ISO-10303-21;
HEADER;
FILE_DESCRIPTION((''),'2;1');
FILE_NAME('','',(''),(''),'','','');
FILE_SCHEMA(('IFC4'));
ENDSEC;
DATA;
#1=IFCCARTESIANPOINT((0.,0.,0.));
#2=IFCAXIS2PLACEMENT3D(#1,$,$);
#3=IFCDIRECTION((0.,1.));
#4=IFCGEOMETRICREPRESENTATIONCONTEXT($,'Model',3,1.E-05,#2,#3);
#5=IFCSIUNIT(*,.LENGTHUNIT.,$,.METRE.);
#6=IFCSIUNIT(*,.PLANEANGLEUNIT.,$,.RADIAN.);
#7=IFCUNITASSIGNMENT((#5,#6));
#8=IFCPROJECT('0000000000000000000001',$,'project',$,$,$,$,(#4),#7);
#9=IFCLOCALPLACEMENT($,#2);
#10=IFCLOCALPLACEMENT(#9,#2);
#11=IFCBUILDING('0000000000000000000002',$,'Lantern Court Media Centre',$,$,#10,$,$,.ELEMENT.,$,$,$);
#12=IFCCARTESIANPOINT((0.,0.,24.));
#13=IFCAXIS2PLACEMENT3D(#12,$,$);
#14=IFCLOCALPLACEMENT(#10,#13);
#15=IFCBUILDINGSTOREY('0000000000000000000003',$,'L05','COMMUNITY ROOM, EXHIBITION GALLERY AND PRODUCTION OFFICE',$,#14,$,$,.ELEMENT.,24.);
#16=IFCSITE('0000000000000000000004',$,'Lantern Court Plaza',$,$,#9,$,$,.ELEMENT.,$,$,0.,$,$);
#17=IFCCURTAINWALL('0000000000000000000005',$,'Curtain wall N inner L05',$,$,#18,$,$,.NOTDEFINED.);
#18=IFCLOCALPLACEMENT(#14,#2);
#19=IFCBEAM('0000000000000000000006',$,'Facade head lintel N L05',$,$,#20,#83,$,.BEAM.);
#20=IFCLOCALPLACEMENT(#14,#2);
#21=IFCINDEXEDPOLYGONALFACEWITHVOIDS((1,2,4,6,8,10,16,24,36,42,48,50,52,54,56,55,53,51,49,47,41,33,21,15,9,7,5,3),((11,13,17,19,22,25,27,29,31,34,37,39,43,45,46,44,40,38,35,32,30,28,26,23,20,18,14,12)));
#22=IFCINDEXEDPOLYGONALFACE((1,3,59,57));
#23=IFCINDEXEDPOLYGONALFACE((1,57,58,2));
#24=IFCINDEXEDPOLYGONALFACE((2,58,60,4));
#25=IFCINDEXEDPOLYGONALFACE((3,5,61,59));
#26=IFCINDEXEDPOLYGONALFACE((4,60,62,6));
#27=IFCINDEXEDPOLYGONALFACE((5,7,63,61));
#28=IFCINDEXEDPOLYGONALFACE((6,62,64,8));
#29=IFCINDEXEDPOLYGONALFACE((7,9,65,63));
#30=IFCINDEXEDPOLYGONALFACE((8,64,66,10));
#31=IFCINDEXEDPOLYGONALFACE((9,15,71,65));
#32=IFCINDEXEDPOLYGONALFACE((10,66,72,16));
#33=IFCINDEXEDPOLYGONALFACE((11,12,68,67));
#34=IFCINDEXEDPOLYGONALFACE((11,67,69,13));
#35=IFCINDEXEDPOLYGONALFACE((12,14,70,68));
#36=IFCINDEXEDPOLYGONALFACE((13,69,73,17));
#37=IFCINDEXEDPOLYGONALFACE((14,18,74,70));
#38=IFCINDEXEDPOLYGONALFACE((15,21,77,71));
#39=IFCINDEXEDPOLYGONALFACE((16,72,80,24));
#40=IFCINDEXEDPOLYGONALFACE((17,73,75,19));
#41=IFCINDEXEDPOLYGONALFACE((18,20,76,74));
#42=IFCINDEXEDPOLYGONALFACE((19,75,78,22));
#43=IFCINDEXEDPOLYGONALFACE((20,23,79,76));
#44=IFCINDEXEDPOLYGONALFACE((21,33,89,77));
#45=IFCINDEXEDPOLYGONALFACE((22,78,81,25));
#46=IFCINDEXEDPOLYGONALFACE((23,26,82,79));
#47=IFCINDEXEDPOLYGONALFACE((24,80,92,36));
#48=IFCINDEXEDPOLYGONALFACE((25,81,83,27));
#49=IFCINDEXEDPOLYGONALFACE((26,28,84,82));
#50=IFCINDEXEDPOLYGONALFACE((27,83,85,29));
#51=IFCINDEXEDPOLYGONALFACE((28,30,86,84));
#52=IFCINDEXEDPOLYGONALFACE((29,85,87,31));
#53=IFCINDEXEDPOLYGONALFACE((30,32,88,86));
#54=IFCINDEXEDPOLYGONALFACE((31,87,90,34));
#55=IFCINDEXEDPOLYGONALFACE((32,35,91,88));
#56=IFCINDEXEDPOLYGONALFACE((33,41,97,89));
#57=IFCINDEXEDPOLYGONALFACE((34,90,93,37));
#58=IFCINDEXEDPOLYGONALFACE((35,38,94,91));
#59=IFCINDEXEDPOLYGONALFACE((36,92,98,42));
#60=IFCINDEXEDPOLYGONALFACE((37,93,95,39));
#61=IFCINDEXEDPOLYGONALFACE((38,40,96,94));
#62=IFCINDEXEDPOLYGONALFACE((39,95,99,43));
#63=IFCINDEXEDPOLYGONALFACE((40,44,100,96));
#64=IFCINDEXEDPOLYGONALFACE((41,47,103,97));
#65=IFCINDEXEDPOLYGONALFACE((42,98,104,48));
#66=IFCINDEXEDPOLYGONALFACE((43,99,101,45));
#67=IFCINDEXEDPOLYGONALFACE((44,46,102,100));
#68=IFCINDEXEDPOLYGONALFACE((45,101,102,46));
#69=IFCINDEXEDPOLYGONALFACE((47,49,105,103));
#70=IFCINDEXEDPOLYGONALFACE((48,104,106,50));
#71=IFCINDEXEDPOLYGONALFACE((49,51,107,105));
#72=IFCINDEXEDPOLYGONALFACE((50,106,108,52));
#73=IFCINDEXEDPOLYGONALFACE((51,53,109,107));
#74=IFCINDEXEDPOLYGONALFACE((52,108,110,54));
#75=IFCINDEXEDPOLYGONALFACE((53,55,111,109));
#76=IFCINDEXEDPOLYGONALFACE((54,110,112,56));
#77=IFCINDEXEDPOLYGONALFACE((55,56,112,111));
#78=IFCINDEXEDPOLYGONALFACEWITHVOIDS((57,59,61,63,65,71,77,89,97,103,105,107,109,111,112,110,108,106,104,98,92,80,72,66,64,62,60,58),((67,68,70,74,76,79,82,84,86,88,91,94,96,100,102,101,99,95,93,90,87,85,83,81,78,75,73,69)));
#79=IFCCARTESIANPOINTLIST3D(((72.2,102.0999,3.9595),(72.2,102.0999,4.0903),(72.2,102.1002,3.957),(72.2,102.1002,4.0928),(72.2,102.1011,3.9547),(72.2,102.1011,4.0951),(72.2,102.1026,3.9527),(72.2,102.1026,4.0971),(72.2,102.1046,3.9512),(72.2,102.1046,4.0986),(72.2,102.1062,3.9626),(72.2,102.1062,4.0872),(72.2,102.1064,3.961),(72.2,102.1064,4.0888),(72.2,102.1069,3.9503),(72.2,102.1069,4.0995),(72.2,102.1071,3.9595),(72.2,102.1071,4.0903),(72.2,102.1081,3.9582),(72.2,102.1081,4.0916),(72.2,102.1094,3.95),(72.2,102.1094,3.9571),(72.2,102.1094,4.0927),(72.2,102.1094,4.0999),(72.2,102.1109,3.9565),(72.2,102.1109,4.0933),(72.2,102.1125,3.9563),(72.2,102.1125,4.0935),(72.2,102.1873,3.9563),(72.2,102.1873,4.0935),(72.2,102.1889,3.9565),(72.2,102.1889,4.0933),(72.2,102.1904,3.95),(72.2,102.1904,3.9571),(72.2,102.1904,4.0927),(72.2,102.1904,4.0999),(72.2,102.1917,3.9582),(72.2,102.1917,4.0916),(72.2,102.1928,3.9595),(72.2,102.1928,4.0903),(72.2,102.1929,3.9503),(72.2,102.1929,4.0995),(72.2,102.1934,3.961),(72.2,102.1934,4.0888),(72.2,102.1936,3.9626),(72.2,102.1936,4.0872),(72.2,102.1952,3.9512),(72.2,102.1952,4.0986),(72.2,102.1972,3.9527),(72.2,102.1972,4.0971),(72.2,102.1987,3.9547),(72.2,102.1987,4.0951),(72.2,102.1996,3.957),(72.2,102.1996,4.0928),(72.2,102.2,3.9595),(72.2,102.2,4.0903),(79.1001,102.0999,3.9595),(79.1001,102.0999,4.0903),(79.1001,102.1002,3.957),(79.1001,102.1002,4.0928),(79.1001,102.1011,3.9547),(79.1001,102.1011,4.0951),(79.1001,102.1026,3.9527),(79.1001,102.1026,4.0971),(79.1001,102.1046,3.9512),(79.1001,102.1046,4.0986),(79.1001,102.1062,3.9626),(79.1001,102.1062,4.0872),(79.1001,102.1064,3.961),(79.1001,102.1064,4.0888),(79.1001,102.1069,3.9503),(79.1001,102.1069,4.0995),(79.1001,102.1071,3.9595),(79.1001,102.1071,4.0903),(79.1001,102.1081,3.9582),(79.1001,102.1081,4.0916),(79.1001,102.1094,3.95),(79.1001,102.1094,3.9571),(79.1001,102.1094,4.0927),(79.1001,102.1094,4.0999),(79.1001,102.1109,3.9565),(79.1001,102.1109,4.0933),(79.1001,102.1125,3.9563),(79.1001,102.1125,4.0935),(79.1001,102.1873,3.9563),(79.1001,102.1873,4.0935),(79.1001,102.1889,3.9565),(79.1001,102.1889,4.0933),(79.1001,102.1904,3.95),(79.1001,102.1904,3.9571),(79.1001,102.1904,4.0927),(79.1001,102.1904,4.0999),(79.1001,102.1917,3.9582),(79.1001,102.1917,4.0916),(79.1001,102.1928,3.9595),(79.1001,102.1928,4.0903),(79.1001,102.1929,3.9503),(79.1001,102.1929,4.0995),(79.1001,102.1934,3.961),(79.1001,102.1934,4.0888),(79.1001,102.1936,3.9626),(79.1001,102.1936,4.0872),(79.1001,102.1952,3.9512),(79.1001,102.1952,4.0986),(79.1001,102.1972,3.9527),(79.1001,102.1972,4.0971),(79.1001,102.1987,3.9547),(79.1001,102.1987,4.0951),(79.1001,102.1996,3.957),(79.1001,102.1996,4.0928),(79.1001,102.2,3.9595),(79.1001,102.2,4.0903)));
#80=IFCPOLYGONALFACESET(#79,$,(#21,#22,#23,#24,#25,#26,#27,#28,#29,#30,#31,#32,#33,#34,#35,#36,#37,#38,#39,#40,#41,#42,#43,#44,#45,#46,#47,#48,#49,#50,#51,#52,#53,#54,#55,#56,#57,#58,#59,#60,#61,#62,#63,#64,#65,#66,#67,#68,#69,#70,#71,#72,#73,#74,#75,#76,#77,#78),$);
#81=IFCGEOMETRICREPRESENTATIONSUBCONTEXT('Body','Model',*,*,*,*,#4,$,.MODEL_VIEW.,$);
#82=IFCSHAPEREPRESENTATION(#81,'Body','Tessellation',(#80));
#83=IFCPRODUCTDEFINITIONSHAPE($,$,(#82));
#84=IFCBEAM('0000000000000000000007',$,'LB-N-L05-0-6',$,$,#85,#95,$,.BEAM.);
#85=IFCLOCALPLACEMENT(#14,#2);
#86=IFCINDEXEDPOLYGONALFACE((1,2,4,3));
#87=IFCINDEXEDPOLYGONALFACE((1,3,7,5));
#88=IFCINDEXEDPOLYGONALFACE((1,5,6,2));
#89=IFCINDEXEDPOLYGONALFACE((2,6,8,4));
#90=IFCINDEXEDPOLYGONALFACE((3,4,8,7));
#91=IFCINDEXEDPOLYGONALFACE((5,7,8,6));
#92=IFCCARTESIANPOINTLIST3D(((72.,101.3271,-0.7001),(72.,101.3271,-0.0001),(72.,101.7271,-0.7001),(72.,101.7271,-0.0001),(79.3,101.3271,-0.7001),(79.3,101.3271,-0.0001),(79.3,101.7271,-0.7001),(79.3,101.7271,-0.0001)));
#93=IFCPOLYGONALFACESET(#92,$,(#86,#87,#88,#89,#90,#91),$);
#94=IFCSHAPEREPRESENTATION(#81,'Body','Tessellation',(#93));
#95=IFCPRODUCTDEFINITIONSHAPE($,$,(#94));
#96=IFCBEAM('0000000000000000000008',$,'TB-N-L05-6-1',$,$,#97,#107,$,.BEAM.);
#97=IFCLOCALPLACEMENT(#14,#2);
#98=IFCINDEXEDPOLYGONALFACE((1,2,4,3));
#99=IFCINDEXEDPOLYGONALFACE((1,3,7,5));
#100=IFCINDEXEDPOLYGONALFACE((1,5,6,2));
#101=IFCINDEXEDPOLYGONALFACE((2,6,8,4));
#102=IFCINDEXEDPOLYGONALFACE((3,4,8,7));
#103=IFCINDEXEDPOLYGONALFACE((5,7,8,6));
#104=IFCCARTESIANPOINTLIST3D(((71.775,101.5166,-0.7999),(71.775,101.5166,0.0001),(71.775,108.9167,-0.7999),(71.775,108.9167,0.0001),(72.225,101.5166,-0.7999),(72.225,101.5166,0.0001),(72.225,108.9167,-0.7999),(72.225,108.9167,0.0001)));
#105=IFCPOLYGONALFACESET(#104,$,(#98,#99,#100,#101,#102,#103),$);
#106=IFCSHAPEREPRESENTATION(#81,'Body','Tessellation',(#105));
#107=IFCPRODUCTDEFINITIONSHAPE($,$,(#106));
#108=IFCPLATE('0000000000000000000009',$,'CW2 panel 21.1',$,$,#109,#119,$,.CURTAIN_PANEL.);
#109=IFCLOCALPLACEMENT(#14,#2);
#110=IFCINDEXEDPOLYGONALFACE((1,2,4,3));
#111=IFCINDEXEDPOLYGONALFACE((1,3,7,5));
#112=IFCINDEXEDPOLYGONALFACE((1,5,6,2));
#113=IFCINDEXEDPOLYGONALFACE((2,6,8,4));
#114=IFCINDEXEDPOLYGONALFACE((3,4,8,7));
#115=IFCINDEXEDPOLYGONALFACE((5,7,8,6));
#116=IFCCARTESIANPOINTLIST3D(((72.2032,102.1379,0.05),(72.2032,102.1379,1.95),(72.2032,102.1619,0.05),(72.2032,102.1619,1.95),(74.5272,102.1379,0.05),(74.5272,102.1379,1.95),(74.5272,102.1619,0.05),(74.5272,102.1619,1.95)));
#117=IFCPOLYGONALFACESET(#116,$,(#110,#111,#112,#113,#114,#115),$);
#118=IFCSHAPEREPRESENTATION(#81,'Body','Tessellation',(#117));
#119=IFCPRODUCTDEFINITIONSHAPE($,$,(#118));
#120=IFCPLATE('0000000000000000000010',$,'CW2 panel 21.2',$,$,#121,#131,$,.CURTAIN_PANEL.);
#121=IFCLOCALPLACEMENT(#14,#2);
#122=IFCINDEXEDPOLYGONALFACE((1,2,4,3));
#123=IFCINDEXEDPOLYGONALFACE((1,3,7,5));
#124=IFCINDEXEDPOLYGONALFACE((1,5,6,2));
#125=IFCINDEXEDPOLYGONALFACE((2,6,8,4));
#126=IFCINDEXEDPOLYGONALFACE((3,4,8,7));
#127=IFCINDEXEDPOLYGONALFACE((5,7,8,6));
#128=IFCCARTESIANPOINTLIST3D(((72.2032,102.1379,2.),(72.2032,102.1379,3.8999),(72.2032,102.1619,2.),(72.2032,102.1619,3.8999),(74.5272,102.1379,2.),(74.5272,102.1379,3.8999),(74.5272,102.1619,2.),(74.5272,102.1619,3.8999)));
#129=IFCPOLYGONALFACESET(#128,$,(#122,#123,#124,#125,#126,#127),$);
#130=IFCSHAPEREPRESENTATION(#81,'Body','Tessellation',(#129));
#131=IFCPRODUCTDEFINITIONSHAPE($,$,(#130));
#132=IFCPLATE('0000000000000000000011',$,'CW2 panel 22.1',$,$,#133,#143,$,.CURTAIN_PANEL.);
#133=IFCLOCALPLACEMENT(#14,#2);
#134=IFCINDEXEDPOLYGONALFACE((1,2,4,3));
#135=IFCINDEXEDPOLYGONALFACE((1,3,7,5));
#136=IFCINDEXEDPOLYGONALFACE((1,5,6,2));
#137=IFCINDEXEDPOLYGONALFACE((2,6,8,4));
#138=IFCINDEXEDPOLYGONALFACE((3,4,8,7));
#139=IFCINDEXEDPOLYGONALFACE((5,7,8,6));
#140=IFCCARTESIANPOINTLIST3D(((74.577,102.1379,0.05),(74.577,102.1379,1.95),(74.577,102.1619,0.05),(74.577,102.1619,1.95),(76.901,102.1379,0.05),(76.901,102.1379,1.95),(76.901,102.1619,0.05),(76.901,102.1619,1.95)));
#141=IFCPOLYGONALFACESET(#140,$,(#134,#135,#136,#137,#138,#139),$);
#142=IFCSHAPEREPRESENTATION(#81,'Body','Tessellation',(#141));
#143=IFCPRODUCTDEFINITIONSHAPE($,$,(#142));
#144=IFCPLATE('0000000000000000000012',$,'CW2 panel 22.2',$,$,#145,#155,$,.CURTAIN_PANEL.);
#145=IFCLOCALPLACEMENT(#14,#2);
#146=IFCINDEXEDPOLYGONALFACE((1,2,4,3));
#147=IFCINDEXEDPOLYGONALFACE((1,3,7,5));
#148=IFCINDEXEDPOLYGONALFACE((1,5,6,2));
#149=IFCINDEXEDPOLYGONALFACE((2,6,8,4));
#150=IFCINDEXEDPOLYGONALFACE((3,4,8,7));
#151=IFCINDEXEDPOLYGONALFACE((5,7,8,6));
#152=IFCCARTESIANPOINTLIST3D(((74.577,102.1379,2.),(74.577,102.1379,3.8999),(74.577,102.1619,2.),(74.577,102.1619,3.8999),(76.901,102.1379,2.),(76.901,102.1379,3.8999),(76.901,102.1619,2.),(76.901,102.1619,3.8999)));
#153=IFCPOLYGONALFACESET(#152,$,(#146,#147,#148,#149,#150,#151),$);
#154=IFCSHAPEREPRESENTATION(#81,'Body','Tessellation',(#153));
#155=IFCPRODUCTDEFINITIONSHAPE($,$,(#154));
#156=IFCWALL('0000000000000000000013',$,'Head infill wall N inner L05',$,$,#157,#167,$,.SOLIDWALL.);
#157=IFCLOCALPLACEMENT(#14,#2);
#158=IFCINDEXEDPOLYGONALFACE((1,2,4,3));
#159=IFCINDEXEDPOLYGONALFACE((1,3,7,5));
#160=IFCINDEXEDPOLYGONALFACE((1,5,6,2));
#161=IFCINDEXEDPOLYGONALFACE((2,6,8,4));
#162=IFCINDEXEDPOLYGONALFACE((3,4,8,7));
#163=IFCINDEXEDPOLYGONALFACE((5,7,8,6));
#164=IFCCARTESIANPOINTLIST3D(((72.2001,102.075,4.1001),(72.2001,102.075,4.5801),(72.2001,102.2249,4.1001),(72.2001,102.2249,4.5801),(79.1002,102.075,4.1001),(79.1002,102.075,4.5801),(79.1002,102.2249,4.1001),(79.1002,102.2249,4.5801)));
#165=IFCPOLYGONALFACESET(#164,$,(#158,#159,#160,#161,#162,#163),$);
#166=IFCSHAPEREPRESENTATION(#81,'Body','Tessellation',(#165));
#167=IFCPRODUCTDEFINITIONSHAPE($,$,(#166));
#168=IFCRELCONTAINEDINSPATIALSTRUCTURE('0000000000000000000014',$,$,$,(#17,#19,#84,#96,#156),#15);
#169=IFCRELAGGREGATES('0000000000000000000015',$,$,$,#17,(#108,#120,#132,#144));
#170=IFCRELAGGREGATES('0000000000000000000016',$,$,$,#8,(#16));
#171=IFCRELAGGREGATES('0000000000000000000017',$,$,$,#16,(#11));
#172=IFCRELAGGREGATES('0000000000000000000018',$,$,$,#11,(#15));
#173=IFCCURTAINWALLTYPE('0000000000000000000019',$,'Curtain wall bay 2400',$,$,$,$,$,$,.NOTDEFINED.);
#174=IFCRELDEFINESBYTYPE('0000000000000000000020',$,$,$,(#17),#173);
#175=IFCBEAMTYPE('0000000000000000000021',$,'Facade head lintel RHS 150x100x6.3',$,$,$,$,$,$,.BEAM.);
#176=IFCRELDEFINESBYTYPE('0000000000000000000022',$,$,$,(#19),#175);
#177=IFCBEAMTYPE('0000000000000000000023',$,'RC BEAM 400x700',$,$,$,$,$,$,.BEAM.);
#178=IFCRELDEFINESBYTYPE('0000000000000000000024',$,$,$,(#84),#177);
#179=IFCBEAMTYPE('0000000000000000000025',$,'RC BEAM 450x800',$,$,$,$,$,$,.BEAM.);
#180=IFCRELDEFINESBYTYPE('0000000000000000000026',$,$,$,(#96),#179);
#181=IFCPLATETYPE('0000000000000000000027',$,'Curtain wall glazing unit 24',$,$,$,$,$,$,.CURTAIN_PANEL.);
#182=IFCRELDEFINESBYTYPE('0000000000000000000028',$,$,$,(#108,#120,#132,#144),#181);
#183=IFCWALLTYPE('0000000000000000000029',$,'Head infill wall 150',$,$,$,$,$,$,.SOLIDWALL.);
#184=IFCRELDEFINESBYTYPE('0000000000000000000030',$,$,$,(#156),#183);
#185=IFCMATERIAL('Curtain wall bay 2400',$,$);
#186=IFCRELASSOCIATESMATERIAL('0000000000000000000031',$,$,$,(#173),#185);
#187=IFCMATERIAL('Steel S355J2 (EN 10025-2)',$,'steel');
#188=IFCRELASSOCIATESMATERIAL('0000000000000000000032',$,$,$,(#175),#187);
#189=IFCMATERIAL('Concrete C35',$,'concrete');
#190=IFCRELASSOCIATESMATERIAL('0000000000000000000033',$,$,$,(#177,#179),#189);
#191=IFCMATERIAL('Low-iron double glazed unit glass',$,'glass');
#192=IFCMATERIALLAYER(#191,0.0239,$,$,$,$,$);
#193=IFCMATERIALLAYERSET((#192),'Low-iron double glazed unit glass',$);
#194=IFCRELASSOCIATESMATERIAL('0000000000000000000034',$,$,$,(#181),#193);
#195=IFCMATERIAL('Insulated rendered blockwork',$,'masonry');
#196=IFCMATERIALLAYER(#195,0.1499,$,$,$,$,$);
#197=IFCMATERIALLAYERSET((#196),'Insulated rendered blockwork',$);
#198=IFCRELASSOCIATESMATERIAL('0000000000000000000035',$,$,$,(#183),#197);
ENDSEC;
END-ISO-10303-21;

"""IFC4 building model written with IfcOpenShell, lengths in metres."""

from ifc_helpers import new_model, si_unit, direction, frame, frame_2d, origin, origin_2d, place, context, subcontext, project, spatial, rectangle, hollow_rectangle, extrude, material, layer, layer_set, material_profile, profile_set, type_object, element, aggregate, save


model = new_model("IFC4")

# Units and contexts
model_context = context("Model", 3, precision=1e-05, world=origin(), true_north=direction((0.0, 1.0)))
body_context = subcontext(model_context, "Body", "Model", "MODEL_VIEW")
ifc_project = project(units=[si_unit("LENGTHUNIT", "METRE"), si_unit("PLANEANGLEUNIT", "RADIAN")], contexts=[model_context])

# Site, building, storey
site_placement = place(None, origin())
site = spatial("IfcSite", under=ifc_project, at=site_placement, Name="Lantern Court Plaza", CompositionType="ELEMENT", RefElevation=0.0)
building_placement = place(site_placement, origin())
building = spatial("IfcBuilding", under=site, at=building_placement, Name="Lantern Court Media Centre", CompositionType="ELEMENT")
storey_placement = place(building_placement, frame((0.0, 0.0, 24.0)))
storey = spatial("IfcBuildingStorey", under=building, at=storey_placement, Name="L05", Description="COMMUNITY ROOM, EXHIBITION GALLERY AND PRODUCTION OFFICE", CompositionType="ELEMENT", Elevation=24.0)

# Shared definitions
ifc_material_1 = material(Name="Concrete C35", Category="concrete")

# Curtain wall
ifc_material_2 = material(Name="Curtain wall bay 2400")
curtain_wall_type = type_object("IfcCurtainWallType", Name="Curtain wall bay 2400", PredefinedType="NOTDEFINED", material=ifc_material_2)
curtain_wall_placement = place(storey_placement, origin())
curtain_wall = element("IfcCurtainWall", 1, at=curtain_wall_placement, inside=storey, type_object=curtain_wall_type, Name="Curtain wall N inner L05", PredefinedType="NOTDEFINED")

# Beams
ifc_material_3 = material(Name="Steel S355J2 (EN 10025-2)", Category="steel")
ifc_material_profile_1 = material_profile(ifc_material_3, hollow_rectangle(XDim=0.1001, YDim=0.1499, WallThickness=0.0063, InnerFilletRadius=0.0063, OuterFilletRadius=0.0095, at=origin_2d()), Name="Facade head lintel RHS 150x100x6.3")
ifc_profile_set_1 = profile_set([ifc_material_profile_1], Name="Steel S355J2 (EN 10025-2)")
beam_type_1 = type_object("IfcBeamType", Name="Facade head lintel RHS 150x100x6.3", PredefinedType="BEAM", material=ifc_profile_set_1)
beam_1_placement = place(storey_placement, frame((72.2, 102.1499, 4.0249), z_axis=(1.0, 0.0, 0.0), x_axis=(0.0, 1.0, 0.0)))
element("IfcBeam", 2, at=beam_1_placement, inside=storey, type_object=beam_type_1, Name="Facade head lintel N L05", PredefinedType="BEAM", context=body_context, shape_type="SweptSolid", body=[
    extrude(hollow_rectangle(XDim=0.1001, YDim=0.1499, WallThickness=0.0063, InnerFilletRadius=0.0063, OuterFilletRadius=0.0095, at=origin_2d()), origin(), (0.0, 0.0, 1.0), 6.9001),
])
ifc_material_profile_2 = material_profile(ifc_material_1, rectangle(XDim=0.3999, YDim=0.7, at=origin_2d()), Name="RC 400x700")
ifc_profile_set_2 = profile_set([ifc_material_profile_2], Name="Concrete C35")
beam_type_2 = type_object("IfcBeamType", Name="RC BEAM 400x700", PredefinedType="BEAM", material=ifc_profile_set_2)
beam_2_placement = place(storey_placement, frame((72.0, 101.5271, -0.3501), z_axis=(1.0, 0.0, 0.0), x_axis=(0.0, 1.0, 0.0)))
element("IfcBeam", 3, at=beam_2_placement, inside=storey, type_object=beam_type_2, Name="LB-N-L05-0-6", PredefinedType="BEAM", context=body_context, shape_type="SweptSolid", body=[
    extrude(rectangle(XDim=0.3999, YDim=0.7, at=origin_2d()), origin(), (0.0, 0.0, 1.0), 7.3),
])
ifc_material_profile_3 = material_profile(ifc_material_1, rectangle(XDim=0.45, YDim=0.8, at=origin_2d()), Name="RC 450x800")
ifc_profile_set_3 = profile_set([ifc_material_profile_3], Name="Concrete C35")
beam_type_3 = type_object("IfcBeamType", Name="RC BEAM 450x800", PredefinedType="BEAM", material=ifc_profile_set_3)
beam_3_placement = place(storey_placement, frame((72.0, 101.5166, -0.3999), z_axis=(0.0, 1.0, 0.0), x_axis=(-1.0, 0.0, 0.0)))
element("IfcBeam", 4, at=beam_3_placement, inside=storey, type_object=beam_type_3, Name="TB-N-L05-6-1", PredefinedType="BEAM", context=body_context, shape_type="SweptSolid", body=[
    extrude(rectangle(XDim=0.45, YDim=0.8, at=origin_2d()), origin(), (0.0, 0.0, 1.0), 7.4001),
])

# Plates
ifc_material_4 = material(Name="Low-iron double glazed unit glass", Category="glass")
ifc_layer_1 = layer(ifc_material_4, 0.0239)
ifc_layer_set_1 = layer_set([ifc_layer_1], Name="Low-iron double glazed unit glass")
plate_type = type_object("IfcPlateType", Name="Curtain wall glazing unit 24", PredefinedType="CURTAIN_PANEL", material=ifc_layer_set_1)
plate_1_placement = place(storey_placement, frame((73.3652, 102.1499, 0.05), z_axis=(0.0, 0.0, 1.0), x_axis=(1.0, 0.0, 0.0)))
plate_1 = element("IfcPlate", 5, at=plate_1_placement, type_object=plate_type, Name="CW2 panel 21.1", PredefinedType="CURTAIN_PANEL", context=body_context, shape_type="SweptSolid", body=[
    extrude(rectangle(XDim=2.324, YDim=0.0239, at=origin_2d()), origin(), (0.0, 0.0, 1.0), 1.8999),
])
plate_2_placement = place(storey_placement, frame((73.3652, 102.1499, 2.0), z_axis=(0.0, 0.0, 1.0), x_axis=(1.0, 0.0, 0.0)))
plate_2 = element("IfcPlate", 6, at=plate_2_placement, type_object=plate_type, Name="CW2 panel 21.2", PredefinedType="CURTAIN_PANEL", context=body_context, shape_type="SweptSolid", body=[
    extrude(rectangle(XDim=2.324, YDim=0.0239, at=origin_2d()), origin(), (0.0, 0.0, 1.0), 1.8999),
])
plate_3_placement = place(storey_placement, frame((75.739, 102.1499, 0.05), z_axis=(0.0, 0.0, 1.0), x_axis=(1.0, 0.0, 0.0)))
plate_3 = element("IfcPlate", 7, at=plate_3_placement, type_object=plate_type, Name="CW2 panel 22.1", PredefinedType="CURTAIN_PANEL", context=body_context, shape_type="SweptSolid", body=[
    extrude(rectangle(XDim=2.324, YDim=0.0239, at=origin_2d()), origin(), (0.0, 0.0, 1.0), 1.8999),
])
plate_4_placement = place(storey_placement, frame((75.739, 102.1499, 2.0), z_axis=(0.0, 0.0, 1.0), x_axis=(1.0, 0.0, 0.0)))
plate_4 = element("IfcPlate", 8, at=plate_4_placement, type_object=plate_type, Name="CW2 panel 22.2", PredefinedType="CURTAIN_PANEL", context=body_context, shape_type="SweptSolid", body=[
    extrude(rectangle(XDim=2.324, YDim=0.0239, at=origin_2d()), origin(), (0.0, 0.0, 1.0), 1.8999),
])
aggregate(curtain_wall, [plate_1, plate_2, plate_3, plate_4])

# Wall
ifc_material_5 = material(Name="Insulated rendered blockwork", Category="masonry")
ifc_layer_2 = layer(ifc_material_5, 0.1499)
ifc_layer_set_2 = layer_set([ifc_layer_2], Name="Insulated rendered blockwork")
wall_type = type_object("IfcWallType", Name="Head infill wall 150", PredefinedType="SOLIDWALL", material=ifc_layer_set_2)
wall_placement = place(storey_placement, frame((72.2, 102.1499, 4.1001), z_axis=(0.0, 0.0, 1.0), x_axis=(1.0, 0.0, 0.0)))
element("IfcWall", 9, at=wall_placement, inside=storey, type_object=wall_type, Name="Head infill wall N inner L05", PredefinedType="SOLIDWALL", context=body_context, shape_type="SweptSolid", body=[
    extrude(rectangle(XDim=6.9001, YDim=0.1499, at=frame_2d((3.4502, 0.0))), origin(), (0.0, 0.0, 1.0), 0.48),
])

save(model, "model.ifc")
